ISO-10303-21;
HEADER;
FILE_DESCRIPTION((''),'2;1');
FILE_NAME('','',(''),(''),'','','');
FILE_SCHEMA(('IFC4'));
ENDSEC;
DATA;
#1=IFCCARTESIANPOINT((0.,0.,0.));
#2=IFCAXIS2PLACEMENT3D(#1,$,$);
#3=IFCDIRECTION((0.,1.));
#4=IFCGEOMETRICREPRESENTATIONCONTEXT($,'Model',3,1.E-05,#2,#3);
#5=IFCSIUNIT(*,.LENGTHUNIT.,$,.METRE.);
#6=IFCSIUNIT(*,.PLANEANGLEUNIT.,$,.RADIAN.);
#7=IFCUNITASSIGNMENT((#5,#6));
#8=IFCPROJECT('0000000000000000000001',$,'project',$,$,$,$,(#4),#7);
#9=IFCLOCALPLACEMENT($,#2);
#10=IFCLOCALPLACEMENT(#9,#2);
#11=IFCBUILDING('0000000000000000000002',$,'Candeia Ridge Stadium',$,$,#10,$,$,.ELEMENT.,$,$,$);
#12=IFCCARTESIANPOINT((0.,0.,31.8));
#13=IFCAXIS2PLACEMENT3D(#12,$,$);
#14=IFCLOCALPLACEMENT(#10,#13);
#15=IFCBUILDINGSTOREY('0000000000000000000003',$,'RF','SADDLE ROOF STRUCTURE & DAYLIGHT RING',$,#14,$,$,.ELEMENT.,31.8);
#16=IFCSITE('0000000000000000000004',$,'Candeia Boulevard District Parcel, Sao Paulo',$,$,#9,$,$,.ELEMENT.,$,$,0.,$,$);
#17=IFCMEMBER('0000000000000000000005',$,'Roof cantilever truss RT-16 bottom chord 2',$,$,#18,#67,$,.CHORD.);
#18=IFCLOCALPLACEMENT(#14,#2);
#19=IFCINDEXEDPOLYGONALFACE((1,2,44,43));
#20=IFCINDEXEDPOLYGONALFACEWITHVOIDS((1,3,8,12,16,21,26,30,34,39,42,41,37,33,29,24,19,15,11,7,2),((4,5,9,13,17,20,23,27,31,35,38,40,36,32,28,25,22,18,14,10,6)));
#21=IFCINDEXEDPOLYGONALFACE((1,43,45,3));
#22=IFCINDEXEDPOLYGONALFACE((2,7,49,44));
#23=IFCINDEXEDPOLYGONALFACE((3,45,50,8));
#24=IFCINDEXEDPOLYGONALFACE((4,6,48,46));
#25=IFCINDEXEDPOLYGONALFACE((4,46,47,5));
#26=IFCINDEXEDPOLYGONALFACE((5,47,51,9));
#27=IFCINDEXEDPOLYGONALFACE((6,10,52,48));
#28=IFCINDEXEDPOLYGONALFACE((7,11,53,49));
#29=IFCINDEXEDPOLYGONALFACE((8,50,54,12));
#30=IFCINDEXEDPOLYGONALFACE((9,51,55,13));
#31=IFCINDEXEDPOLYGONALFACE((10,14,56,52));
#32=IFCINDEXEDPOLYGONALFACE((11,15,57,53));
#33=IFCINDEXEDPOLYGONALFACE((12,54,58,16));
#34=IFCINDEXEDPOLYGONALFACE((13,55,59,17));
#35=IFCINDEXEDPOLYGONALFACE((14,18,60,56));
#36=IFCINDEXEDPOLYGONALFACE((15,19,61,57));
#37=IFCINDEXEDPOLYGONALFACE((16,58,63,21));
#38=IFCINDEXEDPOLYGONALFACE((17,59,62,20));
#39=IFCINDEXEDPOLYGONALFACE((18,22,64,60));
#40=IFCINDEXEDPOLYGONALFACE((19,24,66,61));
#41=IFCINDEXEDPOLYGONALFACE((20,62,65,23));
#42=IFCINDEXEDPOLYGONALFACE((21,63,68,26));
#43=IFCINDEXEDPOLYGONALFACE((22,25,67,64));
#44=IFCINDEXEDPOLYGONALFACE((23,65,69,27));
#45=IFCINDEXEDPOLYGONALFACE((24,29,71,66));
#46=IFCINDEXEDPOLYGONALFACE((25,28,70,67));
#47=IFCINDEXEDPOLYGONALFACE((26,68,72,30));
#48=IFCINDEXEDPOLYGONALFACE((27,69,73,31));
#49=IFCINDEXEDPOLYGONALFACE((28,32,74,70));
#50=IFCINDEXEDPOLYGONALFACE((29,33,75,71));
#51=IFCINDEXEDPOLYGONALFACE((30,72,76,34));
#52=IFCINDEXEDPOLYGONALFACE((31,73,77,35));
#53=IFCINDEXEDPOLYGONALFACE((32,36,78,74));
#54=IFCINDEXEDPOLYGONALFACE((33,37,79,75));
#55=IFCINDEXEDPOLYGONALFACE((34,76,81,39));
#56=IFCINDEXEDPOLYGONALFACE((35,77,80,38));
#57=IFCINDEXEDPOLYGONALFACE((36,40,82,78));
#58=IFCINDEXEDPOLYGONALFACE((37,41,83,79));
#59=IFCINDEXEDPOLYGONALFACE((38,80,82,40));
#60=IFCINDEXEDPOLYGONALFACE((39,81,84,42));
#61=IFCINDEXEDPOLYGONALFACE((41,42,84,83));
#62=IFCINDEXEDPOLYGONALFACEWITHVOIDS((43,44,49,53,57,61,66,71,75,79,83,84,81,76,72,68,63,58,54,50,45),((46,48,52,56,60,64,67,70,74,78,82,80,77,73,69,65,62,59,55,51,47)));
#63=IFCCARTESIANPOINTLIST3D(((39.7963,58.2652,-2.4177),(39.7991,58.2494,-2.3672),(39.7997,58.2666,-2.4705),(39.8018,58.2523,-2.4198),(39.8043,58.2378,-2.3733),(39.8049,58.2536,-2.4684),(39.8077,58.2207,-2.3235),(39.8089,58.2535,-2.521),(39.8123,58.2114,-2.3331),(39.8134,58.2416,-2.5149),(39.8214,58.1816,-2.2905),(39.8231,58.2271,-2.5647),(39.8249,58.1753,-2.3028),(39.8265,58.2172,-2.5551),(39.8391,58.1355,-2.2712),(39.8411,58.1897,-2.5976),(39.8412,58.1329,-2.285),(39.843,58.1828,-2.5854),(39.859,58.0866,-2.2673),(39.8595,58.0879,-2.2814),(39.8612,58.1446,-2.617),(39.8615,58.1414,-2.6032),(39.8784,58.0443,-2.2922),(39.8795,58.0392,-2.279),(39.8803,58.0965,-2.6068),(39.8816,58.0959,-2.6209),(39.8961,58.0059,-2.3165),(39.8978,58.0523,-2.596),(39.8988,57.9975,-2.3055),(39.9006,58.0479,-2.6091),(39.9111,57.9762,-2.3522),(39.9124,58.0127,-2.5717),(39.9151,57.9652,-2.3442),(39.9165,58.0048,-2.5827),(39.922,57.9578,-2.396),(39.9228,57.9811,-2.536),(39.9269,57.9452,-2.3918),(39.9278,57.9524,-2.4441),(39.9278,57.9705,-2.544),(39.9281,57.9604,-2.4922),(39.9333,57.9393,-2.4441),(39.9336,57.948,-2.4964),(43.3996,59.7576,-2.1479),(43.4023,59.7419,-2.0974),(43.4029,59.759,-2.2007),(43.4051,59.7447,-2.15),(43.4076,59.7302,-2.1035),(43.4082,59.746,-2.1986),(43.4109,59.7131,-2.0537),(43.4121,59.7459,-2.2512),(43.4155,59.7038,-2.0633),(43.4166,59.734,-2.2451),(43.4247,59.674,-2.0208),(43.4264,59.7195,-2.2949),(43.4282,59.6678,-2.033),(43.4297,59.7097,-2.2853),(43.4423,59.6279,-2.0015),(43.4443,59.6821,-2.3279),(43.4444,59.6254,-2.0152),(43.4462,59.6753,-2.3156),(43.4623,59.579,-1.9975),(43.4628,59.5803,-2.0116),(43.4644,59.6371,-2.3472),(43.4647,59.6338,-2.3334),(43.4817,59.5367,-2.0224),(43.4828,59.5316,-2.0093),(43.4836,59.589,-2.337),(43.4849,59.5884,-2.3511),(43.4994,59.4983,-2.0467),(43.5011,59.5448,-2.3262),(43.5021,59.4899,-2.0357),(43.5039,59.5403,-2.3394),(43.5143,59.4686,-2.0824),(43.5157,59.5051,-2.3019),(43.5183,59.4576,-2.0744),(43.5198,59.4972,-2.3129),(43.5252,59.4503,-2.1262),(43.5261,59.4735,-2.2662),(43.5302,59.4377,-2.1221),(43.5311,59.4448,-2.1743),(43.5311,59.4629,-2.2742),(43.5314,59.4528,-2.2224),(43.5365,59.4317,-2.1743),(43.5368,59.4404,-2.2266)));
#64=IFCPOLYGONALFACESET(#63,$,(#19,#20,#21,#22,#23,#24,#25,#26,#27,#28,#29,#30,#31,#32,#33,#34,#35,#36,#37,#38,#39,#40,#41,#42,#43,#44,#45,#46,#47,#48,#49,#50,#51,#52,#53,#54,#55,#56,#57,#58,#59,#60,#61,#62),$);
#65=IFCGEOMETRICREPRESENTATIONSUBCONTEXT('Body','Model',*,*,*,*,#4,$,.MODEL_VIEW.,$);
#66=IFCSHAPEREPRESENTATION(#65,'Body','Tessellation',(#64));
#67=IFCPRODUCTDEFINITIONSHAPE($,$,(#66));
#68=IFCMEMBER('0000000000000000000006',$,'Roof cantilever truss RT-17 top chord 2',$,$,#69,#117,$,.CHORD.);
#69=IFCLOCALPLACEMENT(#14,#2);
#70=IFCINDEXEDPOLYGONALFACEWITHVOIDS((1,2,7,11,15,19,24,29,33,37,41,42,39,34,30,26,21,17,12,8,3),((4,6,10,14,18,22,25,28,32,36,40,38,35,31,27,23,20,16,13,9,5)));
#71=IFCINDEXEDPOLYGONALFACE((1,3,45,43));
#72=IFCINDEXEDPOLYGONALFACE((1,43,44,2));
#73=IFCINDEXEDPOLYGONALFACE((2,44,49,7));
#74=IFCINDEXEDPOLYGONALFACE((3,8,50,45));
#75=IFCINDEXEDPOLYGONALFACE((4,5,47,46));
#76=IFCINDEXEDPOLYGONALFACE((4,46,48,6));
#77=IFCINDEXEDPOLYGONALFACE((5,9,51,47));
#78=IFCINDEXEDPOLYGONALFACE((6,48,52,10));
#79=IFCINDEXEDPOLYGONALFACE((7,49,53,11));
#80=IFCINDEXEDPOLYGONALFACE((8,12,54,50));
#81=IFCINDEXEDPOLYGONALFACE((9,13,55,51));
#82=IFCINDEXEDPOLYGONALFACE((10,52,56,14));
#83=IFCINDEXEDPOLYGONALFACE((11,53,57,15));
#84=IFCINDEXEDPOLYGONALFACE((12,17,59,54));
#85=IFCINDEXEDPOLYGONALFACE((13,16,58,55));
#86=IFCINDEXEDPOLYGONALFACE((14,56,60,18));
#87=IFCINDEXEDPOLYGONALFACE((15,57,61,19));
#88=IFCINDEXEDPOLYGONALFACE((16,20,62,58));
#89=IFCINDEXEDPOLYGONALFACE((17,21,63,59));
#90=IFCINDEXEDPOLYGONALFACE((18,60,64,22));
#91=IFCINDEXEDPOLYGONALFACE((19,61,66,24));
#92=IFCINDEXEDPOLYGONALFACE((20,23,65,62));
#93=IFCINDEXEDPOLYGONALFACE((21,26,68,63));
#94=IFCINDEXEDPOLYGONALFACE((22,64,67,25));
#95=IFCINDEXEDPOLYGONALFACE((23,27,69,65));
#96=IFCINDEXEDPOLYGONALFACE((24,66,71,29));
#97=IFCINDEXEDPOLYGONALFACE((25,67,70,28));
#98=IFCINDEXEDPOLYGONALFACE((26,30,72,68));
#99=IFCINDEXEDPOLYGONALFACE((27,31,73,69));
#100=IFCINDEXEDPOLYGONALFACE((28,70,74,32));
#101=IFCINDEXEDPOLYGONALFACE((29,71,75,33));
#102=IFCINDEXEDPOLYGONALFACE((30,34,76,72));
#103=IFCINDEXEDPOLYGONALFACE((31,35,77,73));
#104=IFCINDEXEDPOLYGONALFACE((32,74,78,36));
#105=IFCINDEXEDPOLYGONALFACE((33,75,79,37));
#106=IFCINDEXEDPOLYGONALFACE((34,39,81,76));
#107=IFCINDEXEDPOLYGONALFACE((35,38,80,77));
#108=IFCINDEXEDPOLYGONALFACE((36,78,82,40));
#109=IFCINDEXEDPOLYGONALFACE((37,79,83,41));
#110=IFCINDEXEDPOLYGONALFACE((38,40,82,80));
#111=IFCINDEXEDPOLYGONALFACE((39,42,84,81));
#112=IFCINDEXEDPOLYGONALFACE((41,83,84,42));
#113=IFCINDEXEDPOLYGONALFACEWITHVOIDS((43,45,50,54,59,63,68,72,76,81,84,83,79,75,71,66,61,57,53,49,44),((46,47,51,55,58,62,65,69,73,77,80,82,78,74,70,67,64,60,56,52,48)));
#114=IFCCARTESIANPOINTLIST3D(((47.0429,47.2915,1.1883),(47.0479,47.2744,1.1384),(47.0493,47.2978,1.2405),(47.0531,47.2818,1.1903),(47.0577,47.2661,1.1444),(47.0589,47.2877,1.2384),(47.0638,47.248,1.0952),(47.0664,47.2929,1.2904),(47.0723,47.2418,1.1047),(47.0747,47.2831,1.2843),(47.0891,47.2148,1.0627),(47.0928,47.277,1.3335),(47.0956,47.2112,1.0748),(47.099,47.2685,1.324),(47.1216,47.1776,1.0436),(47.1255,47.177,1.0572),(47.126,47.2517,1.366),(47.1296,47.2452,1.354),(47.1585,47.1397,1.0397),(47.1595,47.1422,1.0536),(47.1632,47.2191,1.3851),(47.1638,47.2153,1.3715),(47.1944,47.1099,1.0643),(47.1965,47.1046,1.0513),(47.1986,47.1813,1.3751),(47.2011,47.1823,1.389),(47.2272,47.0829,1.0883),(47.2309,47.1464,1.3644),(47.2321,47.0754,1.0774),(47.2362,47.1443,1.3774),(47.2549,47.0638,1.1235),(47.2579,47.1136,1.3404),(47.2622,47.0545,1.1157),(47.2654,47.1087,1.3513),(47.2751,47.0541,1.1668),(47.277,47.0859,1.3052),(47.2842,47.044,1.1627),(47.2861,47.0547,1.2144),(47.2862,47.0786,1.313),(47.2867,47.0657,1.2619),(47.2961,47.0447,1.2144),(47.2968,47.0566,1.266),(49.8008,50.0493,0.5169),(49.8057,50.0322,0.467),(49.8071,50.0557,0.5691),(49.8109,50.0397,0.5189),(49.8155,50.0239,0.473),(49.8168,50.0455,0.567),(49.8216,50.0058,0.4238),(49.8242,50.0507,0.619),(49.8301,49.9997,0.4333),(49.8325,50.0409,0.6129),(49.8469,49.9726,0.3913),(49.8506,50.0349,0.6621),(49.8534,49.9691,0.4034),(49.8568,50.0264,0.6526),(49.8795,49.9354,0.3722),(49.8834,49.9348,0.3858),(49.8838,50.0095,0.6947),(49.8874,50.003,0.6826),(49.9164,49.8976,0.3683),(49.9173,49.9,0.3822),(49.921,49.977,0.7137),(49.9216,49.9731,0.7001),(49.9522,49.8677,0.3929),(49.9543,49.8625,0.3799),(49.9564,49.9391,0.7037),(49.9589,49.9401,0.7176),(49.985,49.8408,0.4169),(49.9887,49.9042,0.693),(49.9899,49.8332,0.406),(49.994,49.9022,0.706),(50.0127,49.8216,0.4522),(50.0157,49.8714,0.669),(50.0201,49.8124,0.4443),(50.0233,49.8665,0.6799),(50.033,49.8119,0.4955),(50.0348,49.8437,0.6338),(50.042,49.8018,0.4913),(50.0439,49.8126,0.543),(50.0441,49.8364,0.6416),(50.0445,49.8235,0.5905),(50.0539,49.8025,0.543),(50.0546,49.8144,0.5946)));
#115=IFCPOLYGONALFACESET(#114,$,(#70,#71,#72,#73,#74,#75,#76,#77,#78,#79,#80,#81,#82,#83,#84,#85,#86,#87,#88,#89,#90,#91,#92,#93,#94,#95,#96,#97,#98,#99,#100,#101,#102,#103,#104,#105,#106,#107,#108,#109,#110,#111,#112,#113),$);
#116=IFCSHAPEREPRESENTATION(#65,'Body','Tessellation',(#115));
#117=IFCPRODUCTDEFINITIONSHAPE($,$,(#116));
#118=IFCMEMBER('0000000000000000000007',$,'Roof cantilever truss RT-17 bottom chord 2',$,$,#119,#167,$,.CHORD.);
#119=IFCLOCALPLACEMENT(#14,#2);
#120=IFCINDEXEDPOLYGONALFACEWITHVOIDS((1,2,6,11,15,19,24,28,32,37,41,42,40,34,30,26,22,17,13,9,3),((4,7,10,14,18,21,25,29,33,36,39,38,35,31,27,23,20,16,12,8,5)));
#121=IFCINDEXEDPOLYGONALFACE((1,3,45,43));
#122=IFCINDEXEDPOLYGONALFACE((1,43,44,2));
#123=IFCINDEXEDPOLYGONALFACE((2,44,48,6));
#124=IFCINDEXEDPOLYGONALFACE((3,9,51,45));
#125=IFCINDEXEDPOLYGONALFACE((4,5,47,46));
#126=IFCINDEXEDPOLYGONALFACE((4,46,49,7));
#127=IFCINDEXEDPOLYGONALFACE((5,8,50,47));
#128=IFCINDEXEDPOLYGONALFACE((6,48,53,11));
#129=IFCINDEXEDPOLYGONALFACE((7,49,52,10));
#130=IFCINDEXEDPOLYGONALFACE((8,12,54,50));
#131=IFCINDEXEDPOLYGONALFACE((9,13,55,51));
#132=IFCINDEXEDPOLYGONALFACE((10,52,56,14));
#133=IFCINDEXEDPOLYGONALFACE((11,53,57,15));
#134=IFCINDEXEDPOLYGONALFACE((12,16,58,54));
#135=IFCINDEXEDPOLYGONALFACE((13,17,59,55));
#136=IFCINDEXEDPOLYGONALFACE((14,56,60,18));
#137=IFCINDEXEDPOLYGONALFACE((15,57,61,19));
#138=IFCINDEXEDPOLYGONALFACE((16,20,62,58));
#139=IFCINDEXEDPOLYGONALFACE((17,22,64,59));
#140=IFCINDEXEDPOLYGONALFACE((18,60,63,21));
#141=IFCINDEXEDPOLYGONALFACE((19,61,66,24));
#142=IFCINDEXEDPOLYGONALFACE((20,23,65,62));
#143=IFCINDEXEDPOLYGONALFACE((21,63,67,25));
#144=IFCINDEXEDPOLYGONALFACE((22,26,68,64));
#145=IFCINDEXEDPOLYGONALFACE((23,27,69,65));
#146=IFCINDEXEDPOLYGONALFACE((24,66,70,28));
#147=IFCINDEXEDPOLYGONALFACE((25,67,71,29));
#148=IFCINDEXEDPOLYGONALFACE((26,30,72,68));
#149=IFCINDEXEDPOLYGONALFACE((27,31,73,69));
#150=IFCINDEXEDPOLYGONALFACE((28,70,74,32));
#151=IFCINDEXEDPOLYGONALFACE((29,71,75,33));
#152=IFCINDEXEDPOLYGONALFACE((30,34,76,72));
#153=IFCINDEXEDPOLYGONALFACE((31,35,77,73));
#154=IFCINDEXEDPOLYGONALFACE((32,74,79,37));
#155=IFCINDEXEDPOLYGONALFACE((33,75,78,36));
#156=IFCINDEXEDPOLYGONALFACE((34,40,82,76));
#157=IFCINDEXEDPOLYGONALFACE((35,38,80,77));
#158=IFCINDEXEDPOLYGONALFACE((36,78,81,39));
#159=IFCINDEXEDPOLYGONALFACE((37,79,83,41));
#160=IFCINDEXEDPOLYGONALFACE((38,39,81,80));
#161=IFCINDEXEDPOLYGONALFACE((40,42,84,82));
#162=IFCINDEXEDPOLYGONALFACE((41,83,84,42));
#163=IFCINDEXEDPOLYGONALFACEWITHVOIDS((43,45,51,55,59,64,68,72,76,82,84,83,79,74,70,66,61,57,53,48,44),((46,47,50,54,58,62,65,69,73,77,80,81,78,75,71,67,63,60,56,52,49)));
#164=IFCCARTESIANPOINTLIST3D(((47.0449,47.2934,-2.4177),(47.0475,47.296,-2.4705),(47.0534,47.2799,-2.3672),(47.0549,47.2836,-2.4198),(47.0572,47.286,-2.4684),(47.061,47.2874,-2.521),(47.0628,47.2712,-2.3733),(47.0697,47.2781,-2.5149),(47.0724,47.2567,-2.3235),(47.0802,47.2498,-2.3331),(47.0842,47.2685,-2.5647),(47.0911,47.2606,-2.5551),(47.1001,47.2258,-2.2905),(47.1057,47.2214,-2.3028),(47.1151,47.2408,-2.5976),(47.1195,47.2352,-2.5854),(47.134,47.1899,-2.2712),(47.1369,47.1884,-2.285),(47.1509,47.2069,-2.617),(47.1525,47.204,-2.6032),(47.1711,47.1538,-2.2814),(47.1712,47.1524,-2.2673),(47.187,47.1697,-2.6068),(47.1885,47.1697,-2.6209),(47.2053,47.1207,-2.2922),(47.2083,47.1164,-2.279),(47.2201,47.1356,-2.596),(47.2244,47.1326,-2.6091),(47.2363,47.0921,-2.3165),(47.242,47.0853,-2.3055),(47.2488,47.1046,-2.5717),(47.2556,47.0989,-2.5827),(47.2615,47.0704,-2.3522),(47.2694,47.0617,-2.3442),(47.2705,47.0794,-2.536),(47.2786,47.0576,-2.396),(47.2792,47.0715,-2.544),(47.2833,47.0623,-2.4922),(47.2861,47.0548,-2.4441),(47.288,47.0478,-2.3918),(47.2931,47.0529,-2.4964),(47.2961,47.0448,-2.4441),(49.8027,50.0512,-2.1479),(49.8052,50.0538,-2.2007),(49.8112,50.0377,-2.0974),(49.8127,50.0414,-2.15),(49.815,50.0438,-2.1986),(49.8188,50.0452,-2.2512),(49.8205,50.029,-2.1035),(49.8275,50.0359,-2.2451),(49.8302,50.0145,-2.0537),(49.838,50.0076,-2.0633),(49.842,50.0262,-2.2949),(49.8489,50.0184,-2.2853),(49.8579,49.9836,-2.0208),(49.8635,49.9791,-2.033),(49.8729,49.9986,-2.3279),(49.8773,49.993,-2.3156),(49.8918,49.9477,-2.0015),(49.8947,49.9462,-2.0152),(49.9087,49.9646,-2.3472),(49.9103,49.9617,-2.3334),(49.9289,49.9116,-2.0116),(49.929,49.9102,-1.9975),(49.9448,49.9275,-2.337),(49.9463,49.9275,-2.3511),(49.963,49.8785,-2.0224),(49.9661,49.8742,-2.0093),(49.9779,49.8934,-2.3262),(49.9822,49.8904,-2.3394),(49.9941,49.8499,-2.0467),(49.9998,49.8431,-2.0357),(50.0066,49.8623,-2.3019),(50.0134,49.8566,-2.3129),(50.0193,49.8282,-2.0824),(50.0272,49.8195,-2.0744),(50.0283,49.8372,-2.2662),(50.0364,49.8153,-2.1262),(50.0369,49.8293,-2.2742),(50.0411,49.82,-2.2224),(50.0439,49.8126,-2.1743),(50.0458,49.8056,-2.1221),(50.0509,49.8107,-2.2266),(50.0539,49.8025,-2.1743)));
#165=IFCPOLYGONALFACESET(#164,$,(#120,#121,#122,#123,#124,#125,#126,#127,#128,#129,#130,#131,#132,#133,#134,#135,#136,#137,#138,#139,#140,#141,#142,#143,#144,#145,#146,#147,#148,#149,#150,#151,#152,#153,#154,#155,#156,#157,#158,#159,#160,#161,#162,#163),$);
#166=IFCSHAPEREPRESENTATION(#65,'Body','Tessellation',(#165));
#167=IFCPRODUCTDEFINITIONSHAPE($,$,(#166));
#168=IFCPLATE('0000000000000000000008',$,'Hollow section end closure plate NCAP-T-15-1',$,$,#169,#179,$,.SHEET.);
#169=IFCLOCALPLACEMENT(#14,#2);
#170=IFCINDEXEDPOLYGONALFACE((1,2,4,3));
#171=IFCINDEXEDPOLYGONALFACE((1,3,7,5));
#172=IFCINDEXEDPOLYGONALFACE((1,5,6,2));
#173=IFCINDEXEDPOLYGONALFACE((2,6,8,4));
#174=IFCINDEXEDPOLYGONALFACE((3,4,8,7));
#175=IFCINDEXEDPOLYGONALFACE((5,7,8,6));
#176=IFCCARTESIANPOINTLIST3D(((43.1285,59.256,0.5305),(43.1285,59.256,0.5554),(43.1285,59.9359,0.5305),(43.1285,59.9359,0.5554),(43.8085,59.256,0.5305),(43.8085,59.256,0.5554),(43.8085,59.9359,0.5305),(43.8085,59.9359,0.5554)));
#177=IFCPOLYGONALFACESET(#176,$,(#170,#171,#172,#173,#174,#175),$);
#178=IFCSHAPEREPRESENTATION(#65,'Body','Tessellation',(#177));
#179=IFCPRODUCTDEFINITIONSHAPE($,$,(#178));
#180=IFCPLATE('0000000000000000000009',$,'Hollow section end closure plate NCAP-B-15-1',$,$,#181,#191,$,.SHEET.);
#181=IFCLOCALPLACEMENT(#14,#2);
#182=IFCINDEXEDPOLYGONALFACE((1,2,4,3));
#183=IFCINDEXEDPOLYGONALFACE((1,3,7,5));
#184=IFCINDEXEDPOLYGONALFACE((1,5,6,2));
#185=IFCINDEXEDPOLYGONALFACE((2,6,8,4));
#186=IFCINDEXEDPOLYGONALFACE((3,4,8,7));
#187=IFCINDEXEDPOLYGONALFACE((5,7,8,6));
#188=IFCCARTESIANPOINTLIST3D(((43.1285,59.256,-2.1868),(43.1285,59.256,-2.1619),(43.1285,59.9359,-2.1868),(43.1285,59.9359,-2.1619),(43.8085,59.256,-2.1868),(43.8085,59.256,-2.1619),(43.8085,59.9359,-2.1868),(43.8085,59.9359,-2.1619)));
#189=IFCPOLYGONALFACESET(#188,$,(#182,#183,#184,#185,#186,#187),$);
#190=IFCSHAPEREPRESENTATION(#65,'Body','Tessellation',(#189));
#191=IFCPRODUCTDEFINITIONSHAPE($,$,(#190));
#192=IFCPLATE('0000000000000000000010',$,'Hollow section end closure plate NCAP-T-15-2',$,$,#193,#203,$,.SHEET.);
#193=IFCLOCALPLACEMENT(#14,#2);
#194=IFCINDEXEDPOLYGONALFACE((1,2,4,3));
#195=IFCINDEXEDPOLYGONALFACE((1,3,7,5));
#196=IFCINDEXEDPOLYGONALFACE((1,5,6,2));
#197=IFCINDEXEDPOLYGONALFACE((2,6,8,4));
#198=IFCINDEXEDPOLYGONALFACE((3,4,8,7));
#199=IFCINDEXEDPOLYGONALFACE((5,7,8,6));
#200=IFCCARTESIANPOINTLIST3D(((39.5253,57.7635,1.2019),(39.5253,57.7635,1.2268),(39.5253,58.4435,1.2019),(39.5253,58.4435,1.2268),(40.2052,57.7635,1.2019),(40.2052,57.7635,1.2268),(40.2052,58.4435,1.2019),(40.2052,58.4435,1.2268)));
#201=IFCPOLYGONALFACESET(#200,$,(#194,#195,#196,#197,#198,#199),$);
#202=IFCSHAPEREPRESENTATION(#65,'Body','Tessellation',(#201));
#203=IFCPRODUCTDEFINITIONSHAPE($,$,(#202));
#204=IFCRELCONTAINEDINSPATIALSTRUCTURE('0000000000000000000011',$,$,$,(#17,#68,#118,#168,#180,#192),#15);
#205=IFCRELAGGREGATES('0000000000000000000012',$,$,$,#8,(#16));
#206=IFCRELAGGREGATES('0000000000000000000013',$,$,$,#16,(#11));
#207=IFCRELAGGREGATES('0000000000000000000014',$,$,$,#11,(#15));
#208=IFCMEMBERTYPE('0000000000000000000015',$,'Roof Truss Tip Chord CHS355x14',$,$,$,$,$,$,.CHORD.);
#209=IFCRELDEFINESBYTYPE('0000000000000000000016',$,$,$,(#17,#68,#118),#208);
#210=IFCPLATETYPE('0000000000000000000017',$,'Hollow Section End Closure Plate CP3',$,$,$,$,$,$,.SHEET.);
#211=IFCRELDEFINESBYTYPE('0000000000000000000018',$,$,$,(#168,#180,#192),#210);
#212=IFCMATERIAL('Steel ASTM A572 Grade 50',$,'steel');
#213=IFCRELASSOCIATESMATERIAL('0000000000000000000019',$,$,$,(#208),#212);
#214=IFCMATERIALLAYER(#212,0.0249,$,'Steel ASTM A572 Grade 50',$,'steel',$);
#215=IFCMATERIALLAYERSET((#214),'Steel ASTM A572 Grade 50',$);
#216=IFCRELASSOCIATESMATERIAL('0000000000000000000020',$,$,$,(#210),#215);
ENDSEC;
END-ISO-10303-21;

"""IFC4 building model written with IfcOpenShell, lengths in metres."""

from ifc_helpers import new_model, si_unit, direction, frame, origin, origin_2d, place, context, subcontext, project, spatial, rectangle, hollow_circle, extrude, material, layer, layer_set, material_profile, profile_set, type_object, element, save


model = new_model("IFC4")

# Units and contexts
model_context = context("Model", 3, precision=1e-05, world=origin(), true_north=direction((0.0, 1.0)))
body_context = subcontext(model_context, "Body", "Model", "MODEL_VIEW")
ifc_project = project(units=[si_unit("LENGTHUNIT", "METRE"), si_unit("PLANEANGLEUNIT", "RADIAN")], contexts=[model_context])

# Site, building, storey
site_placement = place(None, origin())
site = spatial("IfcSite", under=ifc_project, at=site_placement, Name="Candeia Boulevard District Parcel, Sao Paulo", CompositionType="ELEMENT", RefElevation=0.0)
building_placement = place(site_placement, origin())
building = spatial("IfcBuilding", under=site, at=building_placement, Name="Candeia Ridge Stadium", CompositionType="ELEMENT")
storey_placement = place(building_placement, frame((0.0, 0.0, 31.8)))
storey = spatial("IfcBuildingStorey", under=building, at=storey_placement, Name="RF", Description="SADDLE ROOF STRUCTURE & DAYLIGHT RING", CompositionType="ELEMENT", Elevation=31.8)

# Shared definitions
ifc_material_1 = material(Name="Steel ASTM A572 Grade 50", Category="steel")

# Members
ifc_material_profile_1 = material_profile(ifc_material_1, hollow_circle(Radius=0.1777, WallThickness=0.0142, at=origin_2d()), Name="CHS355x14", Category="steel")
ifc_profile_set_1 = profile_set([ifc_material_profile_1], Name="Steel ASTM A572 Grade 50")
member_type_1 = type_object("IfcMemberType", Name="Roof Truss Tip Chord CHS355x14", PredefinedType="CHORD", material=ifc_profile_set_1)
member_1_placement = place(storey_placement, frame((43.4685, 59.5959, -2.1743), z_axis=(-0.921686, -0.381751, -0.069006), x_axis=(0.382663, -0.923888, 0.0)))
element("IfcMember", 1, at=member_1_placement, inside=storey, type_object=member_type_1, Name="Roof cantilever truss RT-16 bottom chord 2", PredefinedType="CHORD", context=body_context, shape_type="SweptSolid", body=[
    extrude(hollow_circle(Radius=0.1777, WallThickness=0.0142, at=origin_2d()), origin(), (0.0, 0.0, 1.0), 3.9094),
])
member_2_placement = place(storey_placement, frame((49.9282, 49.9282, 0.543), z_axis=(-0.696857, -0.696857, 0.169649), x_axis=(0.707107, -0.707107, 0.0)))
element("IfcMember", 2, at=member_2_placement, inside=storey, type_object=member_type_1, Name="Roof cantilever truss RT-17 top chord 2", PredefinedType="CHORD", context=body_context, shape_type="SweptSolid", body=[
    extrude(hollow_circle(Radius=0.1777, WallThickness=0.0142, at=origin_2d()), origin(), (0.0, 0.0, 1.0), 3.9575),
])
member_3_placement = place(storey_placement, frame((49.9282, 49.9282, -2.1743), z_axis=(-0.705421, -0.705421, -0.069006), x_axis=(0.707107, -0.707107, 0.0)))
element("IfcMember", 3, at=member_3_placement, inside=storey, type_object=member_type_1, Name="Roof cantilever truss RT-17 bottom chord 2", PredefinedType="CHORD", context=body_context, shape_type="SweptSolid", body=[
    extrude(hollow_circle(Radius=0.1777, WallThickness=0.0142, at=origin_2d()), origin(), (0.0, 0.0, 1.0), 3.9094),
])

# Plates
ifc_layer_1 = layer(ifc_material_1, 0.0249, Name="Steel ASTM A572 Grade 50", Category="steel")
ifc_layer_set_1 = layer_set([ifc_layer_1], Name="Steel ASTM A572 Grade 50")
plate_type_1 = type_object("IfcPlateType", Name="Hollow Section End Closure Plate CP3", PredefinedType="SHEET", material=ifc_layer_set_1)
for number, where, z_axis, x_axis, name in (
    (4, (43.4685, 59.5959, 0.5305), (0.0, 0.0, 1.0), (1.0, 0.0, 0.0), "Hollow section end closure plate NCAP-T-15-1"),
    (5, (43.4685, 59.5959, -2.1868), (0.0, 0.0, 1.0), (1.0, 0.0, 0.0), "Hollow section end closure plate NCAP-B-15-1"),
    (6, (39.8652, 58.1035, 1.2019), (0.0, 0.0, 1.0), (1.0, 0.0, 0.0), "Hollow section end closure plate NCAP-T-15-2"),
):
    element("IfcPlate", number, at=place(storey_placement, frame(where, z_axis=z_axis, x_axis=x_axis)), inside=storey, type_object=plate_type_1, Name=name, PredefinedType="SHEET", context=body_context, shape_type="SweptSolid", body=[
        extrude(rectangle(XDim=0.6799, YDim=0.6799, at=origin_2d()), origin(), (0.0, 0.0, 1.0), 0.0249),
    ])

save(model, "model.ifc")
